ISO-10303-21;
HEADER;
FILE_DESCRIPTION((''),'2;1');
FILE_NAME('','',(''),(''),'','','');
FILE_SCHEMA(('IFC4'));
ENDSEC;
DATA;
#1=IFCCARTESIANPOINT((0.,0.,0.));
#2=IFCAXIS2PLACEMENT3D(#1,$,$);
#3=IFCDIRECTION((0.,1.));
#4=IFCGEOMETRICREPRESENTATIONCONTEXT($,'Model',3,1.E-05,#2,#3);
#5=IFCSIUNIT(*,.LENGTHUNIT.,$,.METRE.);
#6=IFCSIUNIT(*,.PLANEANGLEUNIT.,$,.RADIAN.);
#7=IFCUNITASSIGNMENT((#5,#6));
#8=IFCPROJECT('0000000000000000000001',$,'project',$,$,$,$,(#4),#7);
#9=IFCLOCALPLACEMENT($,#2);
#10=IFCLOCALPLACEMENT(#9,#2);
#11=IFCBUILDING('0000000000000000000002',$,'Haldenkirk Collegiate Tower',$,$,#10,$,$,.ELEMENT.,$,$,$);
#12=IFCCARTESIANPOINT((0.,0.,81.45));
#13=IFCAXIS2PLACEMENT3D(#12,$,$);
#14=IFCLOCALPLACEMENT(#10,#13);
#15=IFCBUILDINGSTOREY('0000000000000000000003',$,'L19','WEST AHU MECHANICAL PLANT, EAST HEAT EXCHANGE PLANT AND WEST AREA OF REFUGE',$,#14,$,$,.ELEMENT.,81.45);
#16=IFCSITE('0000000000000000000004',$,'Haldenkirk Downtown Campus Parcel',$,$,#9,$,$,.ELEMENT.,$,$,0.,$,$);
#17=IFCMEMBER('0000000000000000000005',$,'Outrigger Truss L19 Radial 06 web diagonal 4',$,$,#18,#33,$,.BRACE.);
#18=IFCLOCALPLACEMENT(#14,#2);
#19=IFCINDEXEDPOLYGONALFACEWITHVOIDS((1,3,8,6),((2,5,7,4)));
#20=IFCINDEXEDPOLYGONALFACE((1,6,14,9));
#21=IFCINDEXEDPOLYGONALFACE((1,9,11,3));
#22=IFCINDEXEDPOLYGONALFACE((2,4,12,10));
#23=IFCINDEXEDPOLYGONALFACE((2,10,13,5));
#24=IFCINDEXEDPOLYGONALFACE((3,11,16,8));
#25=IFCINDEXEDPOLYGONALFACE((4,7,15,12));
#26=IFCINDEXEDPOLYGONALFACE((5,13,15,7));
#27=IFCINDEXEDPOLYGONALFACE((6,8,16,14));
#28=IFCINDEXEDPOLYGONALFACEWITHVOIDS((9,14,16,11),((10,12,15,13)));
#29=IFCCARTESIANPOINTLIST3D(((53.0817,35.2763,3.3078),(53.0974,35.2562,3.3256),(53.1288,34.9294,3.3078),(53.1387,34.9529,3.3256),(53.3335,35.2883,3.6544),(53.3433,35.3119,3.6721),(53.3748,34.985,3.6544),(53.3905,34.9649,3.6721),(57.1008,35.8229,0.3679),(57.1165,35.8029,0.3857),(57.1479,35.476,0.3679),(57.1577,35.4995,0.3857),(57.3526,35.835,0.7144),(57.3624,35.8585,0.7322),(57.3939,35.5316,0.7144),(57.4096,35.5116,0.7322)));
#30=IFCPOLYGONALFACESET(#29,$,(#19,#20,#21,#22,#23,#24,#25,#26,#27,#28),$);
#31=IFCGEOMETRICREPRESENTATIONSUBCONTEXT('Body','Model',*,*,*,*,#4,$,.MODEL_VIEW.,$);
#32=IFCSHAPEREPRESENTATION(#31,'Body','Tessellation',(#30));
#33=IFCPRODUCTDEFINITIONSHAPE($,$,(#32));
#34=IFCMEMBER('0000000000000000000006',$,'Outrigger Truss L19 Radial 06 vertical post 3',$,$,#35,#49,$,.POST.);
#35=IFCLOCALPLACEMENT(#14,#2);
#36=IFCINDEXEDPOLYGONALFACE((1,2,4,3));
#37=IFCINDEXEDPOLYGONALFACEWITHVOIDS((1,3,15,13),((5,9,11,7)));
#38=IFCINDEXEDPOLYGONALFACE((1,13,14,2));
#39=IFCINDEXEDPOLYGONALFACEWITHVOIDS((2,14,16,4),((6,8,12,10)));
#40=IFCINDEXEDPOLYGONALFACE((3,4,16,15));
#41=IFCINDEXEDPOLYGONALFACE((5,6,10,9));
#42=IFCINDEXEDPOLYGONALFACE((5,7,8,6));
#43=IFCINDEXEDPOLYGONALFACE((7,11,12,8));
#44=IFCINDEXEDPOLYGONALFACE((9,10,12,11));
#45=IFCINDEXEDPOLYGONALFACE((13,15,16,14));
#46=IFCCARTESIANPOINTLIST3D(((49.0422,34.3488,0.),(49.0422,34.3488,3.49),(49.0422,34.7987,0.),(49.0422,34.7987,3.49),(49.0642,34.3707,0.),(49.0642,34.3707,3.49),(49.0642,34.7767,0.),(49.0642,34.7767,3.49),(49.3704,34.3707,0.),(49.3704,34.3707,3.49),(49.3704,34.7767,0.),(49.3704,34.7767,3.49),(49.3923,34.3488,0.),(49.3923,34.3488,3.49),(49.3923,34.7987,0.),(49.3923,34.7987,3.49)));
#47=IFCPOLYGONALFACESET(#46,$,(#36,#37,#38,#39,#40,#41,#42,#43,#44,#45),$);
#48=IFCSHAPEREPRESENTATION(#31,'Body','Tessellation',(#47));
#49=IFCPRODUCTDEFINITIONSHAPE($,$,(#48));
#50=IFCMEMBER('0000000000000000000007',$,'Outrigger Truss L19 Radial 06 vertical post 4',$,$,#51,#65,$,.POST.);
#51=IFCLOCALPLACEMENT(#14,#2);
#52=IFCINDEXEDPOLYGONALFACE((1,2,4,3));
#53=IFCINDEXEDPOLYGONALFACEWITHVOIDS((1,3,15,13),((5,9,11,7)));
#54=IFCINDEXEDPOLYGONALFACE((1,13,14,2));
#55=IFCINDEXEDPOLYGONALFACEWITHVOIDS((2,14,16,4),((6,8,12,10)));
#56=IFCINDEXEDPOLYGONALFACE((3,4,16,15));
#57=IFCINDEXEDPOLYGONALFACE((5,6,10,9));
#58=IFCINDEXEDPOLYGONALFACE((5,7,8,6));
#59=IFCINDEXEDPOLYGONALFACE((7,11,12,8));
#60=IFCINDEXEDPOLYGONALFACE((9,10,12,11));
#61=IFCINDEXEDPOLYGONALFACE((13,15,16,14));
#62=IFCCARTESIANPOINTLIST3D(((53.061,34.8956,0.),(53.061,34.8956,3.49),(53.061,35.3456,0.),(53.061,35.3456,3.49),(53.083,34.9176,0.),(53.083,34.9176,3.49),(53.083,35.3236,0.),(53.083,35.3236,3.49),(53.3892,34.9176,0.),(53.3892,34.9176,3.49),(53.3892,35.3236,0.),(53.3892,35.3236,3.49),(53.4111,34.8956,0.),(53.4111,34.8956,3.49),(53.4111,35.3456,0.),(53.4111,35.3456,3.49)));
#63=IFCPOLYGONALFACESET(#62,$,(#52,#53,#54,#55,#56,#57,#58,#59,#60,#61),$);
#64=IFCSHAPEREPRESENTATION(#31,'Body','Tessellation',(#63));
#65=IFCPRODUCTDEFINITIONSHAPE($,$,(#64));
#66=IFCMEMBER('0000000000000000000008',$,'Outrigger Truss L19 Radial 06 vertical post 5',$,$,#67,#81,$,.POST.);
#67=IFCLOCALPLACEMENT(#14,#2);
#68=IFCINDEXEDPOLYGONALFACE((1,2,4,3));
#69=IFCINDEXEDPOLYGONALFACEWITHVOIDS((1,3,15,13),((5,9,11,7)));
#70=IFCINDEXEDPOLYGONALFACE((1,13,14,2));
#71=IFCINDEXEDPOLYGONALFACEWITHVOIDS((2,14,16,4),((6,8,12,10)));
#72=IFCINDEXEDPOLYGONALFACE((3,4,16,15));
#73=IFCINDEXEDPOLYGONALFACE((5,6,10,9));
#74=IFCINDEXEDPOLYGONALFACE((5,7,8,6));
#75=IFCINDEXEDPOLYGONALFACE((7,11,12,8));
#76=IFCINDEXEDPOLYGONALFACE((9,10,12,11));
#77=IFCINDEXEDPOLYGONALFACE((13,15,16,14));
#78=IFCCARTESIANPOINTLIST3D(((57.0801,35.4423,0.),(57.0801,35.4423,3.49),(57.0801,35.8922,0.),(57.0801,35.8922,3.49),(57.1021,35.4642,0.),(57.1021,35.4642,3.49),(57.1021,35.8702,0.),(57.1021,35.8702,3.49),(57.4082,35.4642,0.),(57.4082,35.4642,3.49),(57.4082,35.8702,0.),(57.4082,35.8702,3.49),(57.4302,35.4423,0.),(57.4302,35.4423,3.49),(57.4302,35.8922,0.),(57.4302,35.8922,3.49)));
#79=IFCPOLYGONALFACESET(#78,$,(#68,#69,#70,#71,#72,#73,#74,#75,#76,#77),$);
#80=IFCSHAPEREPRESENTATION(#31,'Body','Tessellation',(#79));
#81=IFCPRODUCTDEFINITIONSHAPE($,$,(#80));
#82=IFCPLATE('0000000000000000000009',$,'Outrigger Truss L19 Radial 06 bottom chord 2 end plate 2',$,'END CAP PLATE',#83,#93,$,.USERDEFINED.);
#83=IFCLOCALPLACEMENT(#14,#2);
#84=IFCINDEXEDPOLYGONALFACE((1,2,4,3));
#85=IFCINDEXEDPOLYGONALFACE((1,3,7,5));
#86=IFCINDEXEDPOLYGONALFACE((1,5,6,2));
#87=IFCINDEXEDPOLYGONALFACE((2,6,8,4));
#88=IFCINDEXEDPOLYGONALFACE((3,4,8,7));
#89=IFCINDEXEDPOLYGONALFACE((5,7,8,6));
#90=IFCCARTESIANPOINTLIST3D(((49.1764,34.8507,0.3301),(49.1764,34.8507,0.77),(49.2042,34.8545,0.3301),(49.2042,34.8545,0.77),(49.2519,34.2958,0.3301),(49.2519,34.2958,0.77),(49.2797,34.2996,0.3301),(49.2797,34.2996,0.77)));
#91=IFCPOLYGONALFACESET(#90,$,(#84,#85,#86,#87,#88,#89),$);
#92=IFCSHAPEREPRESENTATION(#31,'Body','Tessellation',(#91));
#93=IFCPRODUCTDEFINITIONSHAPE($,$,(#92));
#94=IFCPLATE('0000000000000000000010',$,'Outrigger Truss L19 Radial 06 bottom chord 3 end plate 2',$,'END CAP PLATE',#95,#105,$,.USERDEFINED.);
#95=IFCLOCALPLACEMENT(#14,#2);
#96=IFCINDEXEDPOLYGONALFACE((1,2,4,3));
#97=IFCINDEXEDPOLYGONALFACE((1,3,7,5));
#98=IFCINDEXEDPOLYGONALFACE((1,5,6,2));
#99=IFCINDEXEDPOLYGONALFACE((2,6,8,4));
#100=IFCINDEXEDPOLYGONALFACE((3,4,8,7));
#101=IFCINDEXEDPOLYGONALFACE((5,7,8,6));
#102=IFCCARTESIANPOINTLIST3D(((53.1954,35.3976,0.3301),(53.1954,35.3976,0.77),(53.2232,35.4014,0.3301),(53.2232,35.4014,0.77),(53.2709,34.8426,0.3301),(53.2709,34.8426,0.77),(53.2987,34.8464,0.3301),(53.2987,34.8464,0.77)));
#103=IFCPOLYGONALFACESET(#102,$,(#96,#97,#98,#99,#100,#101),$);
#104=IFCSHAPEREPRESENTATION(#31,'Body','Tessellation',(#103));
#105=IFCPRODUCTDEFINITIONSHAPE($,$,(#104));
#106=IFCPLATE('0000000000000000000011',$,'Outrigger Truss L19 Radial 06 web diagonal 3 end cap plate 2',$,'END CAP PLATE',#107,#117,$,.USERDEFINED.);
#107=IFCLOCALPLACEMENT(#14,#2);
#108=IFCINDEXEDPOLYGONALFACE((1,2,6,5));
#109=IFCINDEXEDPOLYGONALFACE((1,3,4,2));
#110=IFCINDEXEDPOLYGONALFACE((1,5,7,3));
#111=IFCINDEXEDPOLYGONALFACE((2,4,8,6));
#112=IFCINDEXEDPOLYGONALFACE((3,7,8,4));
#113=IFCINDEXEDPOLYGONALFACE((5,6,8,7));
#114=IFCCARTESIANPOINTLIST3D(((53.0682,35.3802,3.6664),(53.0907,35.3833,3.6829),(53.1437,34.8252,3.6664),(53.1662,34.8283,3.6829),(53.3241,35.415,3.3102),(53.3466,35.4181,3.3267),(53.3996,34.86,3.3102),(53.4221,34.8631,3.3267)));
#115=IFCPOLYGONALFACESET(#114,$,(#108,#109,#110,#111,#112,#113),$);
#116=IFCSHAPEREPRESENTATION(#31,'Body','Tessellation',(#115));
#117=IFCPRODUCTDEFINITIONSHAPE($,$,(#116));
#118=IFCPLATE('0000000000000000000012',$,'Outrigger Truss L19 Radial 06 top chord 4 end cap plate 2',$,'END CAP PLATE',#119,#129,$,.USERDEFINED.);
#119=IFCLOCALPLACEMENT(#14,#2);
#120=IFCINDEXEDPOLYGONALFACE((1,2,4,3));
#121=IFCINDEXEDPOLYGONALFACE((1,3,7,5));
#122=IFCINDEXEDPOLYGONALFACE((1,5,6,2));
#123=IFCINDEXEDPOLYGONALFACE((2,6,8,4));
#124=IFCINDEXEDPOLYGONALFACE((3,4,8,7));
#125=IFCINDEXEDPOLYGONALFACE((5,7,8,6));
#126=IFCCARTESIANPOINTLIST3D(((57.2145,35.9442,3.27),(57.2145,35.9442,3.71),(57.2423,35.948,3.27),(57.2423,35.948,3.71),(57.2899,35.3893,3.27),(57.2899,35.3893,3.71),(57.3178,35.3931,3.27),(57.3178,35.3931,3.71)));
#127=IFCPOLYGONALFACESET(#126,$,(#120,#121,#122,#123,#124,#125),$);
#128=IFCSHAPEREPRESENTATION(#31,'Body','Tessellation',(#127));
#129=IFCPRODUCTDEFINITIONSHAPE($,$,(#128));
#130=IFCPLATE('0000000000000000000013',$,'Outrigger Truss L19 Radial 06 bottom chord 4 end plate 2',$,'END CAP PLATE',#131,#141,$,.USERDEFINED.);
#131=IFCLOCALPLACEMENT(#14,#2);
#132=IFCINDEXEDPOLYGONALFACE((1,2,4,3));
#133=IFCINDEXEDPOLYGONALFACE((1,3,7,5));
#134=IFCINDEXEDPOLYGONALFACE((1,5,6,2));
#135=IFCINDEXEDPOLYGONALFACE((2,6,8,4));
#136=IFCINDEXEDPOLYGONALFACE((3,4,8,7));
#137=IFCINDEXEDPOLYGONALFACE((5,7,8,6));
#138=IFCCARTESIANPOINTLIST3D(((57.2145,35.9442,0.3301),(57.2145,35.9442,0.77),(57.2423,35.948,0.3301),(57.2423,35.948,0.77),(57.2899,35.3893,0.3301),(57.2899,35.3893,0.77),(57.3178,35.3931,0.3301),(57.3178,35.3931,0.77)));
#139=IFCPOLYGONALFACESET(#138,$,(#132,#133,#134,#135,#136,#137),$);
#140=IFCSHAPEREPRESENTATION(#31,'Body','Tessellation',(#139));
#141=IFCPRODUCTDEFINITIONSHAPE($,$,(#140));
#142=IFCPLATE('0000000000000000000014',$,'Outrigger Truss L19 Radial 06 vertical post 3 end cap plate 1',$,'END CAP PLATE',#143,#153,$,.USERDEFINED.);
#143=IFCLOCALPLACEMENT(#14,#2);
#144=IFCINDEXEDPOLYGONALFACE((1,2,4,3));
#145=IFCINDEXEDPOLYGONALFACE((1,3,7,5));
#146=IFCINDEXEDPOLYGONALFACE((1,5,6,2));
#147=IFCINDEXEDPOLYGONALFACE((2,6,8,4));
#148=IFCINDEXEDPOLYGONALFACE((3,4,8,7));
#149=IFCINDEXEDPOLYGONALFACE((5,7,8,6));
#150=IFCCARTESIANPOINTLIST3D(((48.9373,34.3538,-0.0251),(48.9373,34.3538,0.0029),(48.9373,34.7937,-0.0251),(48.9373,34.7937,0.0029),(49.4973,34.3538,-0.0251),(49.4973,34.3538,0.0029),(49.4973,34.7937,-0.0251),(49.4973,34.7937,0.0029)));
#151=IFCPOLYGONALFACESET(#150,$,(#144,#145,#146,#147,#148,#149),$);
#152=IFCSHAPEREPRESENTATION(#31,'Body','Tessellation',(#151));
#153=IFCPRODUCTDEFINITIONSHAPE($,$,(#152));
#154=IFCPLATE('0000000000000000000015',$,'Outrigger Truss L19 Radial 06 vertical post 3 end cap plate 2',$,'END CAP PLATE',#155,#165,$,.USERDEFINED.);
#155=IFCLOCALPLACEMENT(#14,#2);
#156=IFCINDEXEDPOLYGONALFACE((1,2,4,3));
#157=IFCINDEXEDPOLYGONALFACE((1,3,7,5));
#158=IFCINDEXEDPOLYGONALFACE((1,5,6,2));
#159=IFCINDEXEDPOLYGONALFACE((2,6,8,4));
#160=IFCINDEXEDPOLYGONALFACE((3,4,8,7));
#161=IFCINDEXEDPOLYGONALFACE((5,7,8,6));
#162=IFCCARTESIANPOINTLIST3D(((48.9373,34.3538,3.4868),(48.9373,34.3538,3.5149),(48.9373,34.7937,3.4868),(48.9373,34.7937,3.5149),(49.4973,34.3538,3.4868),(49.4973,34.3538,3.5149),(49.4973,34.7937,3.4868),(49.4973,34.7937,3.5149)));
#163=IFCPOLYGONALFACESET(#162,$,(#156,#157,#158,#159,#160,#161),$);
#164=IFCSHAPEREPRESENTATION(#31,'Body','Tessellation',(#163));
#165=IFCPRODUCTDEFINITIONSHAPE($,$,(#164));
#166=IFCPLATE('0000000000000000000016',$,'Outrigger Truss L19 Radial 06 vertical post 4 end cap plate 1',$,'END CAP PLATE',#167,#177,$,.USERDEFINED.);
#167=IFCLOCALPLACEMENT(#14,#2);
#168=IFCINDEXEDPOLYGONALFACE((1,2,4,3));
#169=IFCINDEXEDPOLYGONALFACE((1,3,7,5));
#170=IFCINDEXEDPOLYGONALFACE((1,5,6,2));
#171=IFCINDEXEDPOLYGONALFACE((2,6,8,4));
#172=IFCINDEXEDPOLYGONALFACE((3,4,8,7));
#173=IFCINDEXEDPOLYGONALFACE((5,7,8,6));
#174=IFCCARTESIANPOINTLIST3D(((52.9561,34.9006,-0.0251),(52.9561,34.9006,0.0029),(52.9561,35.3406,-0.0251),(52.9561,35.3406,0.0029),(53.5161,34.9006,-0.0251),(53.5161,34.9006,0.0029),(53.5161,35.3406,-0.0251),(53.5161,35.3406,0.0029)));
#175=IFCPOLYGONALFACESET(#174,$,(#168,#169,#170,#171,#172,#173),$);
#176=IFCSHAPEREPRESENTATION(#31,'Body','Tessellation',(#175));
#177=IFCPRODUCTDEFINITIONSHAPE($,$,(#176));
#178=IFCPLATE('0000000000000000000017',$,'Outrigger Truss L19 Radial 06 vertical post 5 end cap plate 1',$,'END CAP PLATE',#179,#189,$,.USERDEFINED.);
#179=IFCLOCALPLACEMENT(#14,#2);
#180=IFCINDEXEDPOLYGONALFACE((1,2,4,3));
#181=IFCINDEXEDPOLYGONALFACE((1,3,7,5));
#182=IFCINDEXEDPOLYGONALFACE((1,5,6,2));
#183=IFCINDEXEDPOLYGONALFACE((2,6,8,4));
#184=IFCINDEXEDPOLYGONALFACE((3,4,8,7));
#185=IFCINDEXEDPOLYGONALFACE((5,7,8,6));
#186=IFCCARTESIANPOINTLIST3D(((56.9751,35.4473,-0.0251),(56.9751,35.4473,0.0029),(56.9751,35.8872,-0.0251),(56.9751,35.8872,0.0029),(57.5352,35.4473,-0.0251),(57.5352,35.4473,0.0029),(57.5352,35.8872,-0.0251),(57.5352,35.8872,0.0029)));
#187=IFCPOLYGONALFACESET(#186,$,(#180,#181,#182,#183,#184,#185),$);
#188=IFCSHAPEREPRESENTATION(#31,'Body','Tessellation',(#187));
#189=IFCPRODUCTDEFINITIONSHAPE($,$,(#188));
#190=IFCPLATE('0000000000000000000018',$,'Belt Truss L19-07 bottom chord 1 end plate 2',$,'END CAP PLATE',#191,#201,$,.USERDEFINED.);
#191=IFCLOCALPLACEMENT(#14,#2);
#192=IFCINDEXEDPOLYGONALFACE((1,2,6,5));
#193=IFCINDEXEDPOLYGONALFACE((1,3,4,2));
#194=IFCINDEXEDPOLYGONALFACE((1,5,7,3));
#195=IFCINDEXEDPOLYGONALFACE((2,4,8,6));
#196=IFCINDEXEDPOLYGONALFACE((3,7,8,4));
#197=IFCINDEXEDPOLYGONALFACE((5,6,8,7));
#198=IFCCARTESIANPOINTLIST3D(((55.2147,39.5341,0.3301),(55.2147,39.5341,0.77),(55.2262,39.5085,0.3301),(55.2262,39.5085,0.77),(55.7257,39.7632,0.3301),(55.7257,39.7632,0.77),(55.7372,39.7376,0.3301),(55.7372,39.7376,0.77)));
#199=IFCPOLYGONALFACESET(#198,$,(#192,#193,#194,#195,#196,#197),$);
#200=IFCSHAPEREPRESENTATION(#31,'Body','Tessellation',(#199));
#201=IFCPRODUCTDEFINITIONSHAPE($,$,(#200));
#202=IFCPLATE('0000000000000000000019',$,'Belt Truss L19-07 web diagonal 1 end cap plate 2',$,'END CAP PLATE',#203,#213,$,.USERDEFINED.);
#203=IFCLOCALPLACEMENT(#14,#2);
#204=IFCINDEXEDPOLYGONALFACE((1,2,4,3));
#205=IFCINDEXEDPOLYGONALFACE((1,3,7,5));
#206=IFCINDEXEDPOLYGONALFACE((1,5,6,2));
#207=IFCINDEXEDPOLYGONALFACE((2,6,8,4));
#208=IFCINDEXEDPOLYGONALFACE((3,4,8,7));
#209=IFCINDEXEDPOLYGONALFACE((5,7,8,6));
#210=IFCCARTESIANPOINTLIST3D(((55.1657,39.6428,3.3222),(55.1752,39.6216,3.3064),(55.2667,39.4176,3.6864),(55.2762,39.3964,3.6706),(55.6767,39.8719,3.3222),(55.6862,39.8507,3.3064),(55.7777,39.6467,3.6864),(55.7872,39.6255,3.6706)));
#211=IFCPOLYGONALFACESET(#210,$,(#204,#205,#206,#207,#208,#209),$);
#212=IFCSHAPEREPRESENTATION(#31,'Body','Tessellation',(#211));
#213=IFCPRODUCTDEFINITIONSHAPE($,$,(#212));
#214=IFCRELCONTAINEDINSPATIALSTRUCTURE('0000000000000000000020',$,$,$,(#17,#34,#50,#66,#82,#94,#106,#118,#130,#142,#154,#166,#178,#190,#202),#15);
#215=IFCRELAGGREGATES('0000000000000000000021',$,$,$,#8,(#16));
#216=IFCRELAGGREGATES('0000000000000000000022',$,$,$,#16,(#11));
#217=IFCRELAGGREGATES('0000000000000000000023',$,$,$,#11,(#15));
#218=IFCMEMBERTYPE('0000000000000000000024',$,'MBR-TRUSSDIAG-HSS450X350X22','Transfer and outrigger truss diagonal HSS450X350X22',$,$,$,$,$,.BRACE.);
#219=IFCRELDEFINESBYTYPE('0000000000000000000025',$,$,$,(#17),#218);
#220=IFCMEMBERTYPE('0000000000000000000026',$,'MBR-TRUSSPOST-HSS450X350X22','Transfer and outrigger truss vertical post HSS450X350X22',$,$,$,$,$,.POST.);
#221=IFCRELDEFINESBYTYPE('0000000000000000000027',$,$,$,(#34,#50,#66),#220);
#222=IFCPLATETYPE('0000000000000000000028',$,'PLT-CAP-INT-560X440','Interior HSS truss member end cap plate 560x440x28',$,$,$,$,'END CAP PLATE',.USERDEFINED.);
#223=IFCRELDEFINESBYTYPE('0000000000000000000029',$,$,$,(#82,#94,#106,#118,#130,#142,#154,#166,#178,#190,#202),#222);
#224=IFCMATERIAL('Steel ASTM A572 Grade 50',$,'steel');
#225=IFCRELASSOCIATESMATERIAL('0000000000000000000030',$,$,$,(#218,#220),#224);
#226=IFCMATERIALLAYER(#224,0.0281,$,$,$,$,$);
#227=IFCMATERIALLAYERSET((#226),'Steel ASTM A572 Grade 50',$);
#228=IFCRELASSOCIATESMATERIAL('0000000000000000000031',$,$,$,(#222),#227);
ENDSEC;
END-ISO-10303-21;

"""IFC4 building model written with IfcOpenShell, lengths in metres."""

from ifc_helpers import new_model, si_unit, direction, frame, origin, origin_2d, place, context, subcontext, project, spatial, rectangle, hollow_rectangle, extrude, source, transform, mapped, material, layer, layer_set, material_profile, profile_set, type_object, element, save


model = new_model("IFC4")

# Units and contexts
model_context = context("Model", 3, precision=1e-05, world=origin(), true_north=direction((0.0, 1.0)))
body_context = subcontext(model_context, "Body", "Model", "MODEL_VIEW")
ifc_project = project(units=[si_unit("LENGTHUNIT", "METRE"), si_unit("PLANEANGLEUNIT", "RADIAN")], contexts=[model_context])

# Site, building, storey
site_placement = place(None, origin())
site = spatial("IfcSite", under=ifc_project, at=site_placement, Name="Haldenkirk Downtown Campus Parcel", CompositionType="ELEMENT", RefElevation=0.0)
building_placement = place(site_placement, origin())
building = spatial("IfcBuilding", under=site, at=building_placement, Name="Haldenkirk Collegiate Tower", CompositionType="ELEMENT")
storey_placement = place(building_placement, frame((0.0, 0.0, 81.45)))
storey = spatial("IfcBuildingStorey", under=building, at=storey_placement, Name="L19", Description="WEST AHU MECHANICAL PLANT, EAST HEAT EXCHANGE PLANT AND WEST AREA OF REFUGE", CompositionType="ELEMENT", Elevation=81.45)

# Members
ifc_material_1 = material(Name="Steel ASTM A572 Grade 50", Category="steel")
ifc_material_profile_1 = material_profile(ifc_material_1, hollow_rectangle(XDim=0.3501, YDim=0.45, WallThickness=0.022, at=origin_2d()), Name="HSS450X350X22")
ifc_profile_set_1 = profile_set([ifc_material_profile_1], Name="Steel ASTM A572 Grade 50")
member_type_1 = type_object("IfcMemberType", Name="MBR-TRUSSDIAG-HSS450X350X22", Description="Transfer and outrigger truss diagonal HSS450X350X22", PredefinedType="BRACE", material=ifc_profile_set_1)
member_1_placement = place(storey_placement, frame((53.2361, 35.1206, 3.49), z_axis=(0.802289, 0.10912, -0.586877), x_axis=(-0.134769, 0.990877, 0.0)))
element("IfcMember", 1, at=member_1_placement, inside=storey, type_object=member_type_1, Name="Outrigger Truss L19 Radial 06 web diagonal 4", PredefinedType="BRACE", context=body_context, shape_type="SweptSolid", body=[
    extrude(hollow_rectangle(XDim=0.3501, YDim=0.45, WallThickness=0.022, at=origin_2d()), origin(), (0.0, 0.0, 1.0), 5.0095),
])
ifc_material_profile_2 = material_profile(ifc_material_1, hollow_rectangle(XDim=0.3501, YDim=0.45, WallThickness=0.022, at=origin_2d()), Name="HSS450X350X22")
ifc_profile_set_2 = profile_set([ifc_material_profile_2], Name="Steel ASTM A572 Grade 50")
member_type_2 = type_object("IfcMemberType", Name="MBR-TRUSSPOST-HSS450X350X22", Description="Transfer and outrigger truss vertical post HSS450X350X22", PredefinedType="POST", material=ifc_profile_set_2)
for number, where, z_axis, x_axis, name in (
    (2, (49.2173, 34.5737, 0.0), (0.0, 0.0, 1.0), (1.0, 0.0, 0.0), "Outrigger Truss L19 Radial 06 vertical post 3"),
    (3, (53.2361, 35.1206, 0.0), (0.0, 0.0, 1.0), (1.0, 0.0, 0.0), "Outrigger Truss L19 Radial 06 vertical post 4"),
    (4, (57.2551, 35.6672, 0.0), (0.0, 0.0, 1.0), (1.0, 0.0, 0.0), "Outrigger Truss L19 Radial 06 vertical post 5"),
):
    element("IfcMember", number, at=place(storey_placement, frame(where, z_axis=z_axis, x_axis=x_axis)), inside=storey, type_object=member_type_2, Name=name, PredefinedType="POST", context=body_context, shape_type="SweptSolid", body=[
        extrude(hollow_rectangle(XDim=0.3501, YDim=0.45, WallThickness=0.022, at=origin_2d()), origin(), (0.0, 0.0, 1.0), 3.49),
    ])

# Plates
ifc_layer = layer(ifc_material_1, 0.0281)
ifc_layer_set = layer_set([ifc_layer], Name="Steel ASTM A572 Grade 50")
plate_type = type_object("IfcPlateType", Name="PLT-CAP-INT-560X440", Description="Interior HSS truss member end cap plate 560x440x28", ElementType="END CAP PLATE", PredefinedType="USERDEFINED", material=ifc_layer_set)
shared_shape = source(origin(), body_context, "Body", "SweptSolid", [
    extrude(rectangle(XDim=0.5601, YDim=0.4399, at=origin_2d()), origin(), (0.0, 0.0, 1.0), 0.0281),
])
for number, where, z_axis, x_axis, name in (
    (5, (49.2141, 34.5732, 0.55), (0.990873, 0.134796, 0.0), (-0.134796, 0.990873, 0.0), "Outrigger Truss L19 Radial 06 bottom chord 2 end plate 2"),
    (6, (53.2332, 35.1201, 0.55), (0.990873, 0.134796, 0.0), (-0.134796, 0.990873, 0.0), "Outrigger Truss L19 Radial 06 bottom chord 3 end plate 2"),
    (7, (53.2339, 35.1201, 3.4883), (0.802278, 0.109153, 0.586887), (-0.134812, 0.990871, 0.0), "Outrigger Truss L19 Radial 06 web diagonal 3 end cap plate 2"),
    (8, (57.2522, 35.6667, 3.49), (0.990874, 0.134788, 0.0), (-0.134788, 0.990874, 0.0), "Outrigger Truss L19 Radial 06 top chord 4 end cap plate 2"),
    (9, (57.2522, 35.6667, 0.55), (0.990873, 0.134796, 0.0), (-0.134796, 0.990873, 0.0), "Outrigger Truss L19 Radial 06 bottom chord 4 end plate 2"),
    (10, (49.2173, 34.5737, 0.0029), (0.0, 0.0, -1.0), (1.0, 0.0, 0.0), "Outrigger Truss L19 Radial 06 vertical post 3 end cap plate 1"),
    (11, (49.2173, 34.5737, 3.4868), (0.0, 0.0, 1.0), (1.0, 0.0, 0.0), "Outrigger Truss L19 Radial 06 vertical post 3 end cap plate 2"),
    (12, (53.2361, 35.1206, 0.0029), (0.0, 0.0, -1.0), (1.0, 0.0, 0.0), "Outrigger Truss L19 Radial 06 vertical post 4 end cap plate 1"),
    (13, (57.2551, 35.6672, 0.0029), (0.0, 0.0, -1.0), (1.0, 0.0, 0.0), "Outrigger Truss L19 Radial 06 vertical post 5 end cap plate 1"),
    (14, (55.4817, 39.623, 0.55), (-0.409128, 0.912477, 0.0), (-0.912477, -0.409128, 0.0), "Belt Truss L19-07 bottom chord 1 end plate 2"),
    (15, (55.4812, 39.6235, 3.4885), (-0.33868, 0.755365, 0.560999), (-0.912479, -0.409124, 0.0), "Belt Truss L19-07 web diagonal 1 end cap plate 2"),
):
    element("IfcPlate", number, at=place(storey_placement, frame(where, z_axis=z_axis, x_axis=x_axis)), inside=storey, type_object=plate_type, Name=name, ObjectType="END CAP PLATE", PredefinedType="USERDEFINED", context=body_context, shape_type="MappedRepresentation", body=[
        mapped(shared_shape, transform((0.0, 0.0, 0.0), x_axis=(1.0, 0.0, 0.0), y_axis=(0.0, 1.0, 0.0), z_axis=(0.0, 0.0, 1.0), scale=1.0)),
    ])

save(model, "model.ifc")
